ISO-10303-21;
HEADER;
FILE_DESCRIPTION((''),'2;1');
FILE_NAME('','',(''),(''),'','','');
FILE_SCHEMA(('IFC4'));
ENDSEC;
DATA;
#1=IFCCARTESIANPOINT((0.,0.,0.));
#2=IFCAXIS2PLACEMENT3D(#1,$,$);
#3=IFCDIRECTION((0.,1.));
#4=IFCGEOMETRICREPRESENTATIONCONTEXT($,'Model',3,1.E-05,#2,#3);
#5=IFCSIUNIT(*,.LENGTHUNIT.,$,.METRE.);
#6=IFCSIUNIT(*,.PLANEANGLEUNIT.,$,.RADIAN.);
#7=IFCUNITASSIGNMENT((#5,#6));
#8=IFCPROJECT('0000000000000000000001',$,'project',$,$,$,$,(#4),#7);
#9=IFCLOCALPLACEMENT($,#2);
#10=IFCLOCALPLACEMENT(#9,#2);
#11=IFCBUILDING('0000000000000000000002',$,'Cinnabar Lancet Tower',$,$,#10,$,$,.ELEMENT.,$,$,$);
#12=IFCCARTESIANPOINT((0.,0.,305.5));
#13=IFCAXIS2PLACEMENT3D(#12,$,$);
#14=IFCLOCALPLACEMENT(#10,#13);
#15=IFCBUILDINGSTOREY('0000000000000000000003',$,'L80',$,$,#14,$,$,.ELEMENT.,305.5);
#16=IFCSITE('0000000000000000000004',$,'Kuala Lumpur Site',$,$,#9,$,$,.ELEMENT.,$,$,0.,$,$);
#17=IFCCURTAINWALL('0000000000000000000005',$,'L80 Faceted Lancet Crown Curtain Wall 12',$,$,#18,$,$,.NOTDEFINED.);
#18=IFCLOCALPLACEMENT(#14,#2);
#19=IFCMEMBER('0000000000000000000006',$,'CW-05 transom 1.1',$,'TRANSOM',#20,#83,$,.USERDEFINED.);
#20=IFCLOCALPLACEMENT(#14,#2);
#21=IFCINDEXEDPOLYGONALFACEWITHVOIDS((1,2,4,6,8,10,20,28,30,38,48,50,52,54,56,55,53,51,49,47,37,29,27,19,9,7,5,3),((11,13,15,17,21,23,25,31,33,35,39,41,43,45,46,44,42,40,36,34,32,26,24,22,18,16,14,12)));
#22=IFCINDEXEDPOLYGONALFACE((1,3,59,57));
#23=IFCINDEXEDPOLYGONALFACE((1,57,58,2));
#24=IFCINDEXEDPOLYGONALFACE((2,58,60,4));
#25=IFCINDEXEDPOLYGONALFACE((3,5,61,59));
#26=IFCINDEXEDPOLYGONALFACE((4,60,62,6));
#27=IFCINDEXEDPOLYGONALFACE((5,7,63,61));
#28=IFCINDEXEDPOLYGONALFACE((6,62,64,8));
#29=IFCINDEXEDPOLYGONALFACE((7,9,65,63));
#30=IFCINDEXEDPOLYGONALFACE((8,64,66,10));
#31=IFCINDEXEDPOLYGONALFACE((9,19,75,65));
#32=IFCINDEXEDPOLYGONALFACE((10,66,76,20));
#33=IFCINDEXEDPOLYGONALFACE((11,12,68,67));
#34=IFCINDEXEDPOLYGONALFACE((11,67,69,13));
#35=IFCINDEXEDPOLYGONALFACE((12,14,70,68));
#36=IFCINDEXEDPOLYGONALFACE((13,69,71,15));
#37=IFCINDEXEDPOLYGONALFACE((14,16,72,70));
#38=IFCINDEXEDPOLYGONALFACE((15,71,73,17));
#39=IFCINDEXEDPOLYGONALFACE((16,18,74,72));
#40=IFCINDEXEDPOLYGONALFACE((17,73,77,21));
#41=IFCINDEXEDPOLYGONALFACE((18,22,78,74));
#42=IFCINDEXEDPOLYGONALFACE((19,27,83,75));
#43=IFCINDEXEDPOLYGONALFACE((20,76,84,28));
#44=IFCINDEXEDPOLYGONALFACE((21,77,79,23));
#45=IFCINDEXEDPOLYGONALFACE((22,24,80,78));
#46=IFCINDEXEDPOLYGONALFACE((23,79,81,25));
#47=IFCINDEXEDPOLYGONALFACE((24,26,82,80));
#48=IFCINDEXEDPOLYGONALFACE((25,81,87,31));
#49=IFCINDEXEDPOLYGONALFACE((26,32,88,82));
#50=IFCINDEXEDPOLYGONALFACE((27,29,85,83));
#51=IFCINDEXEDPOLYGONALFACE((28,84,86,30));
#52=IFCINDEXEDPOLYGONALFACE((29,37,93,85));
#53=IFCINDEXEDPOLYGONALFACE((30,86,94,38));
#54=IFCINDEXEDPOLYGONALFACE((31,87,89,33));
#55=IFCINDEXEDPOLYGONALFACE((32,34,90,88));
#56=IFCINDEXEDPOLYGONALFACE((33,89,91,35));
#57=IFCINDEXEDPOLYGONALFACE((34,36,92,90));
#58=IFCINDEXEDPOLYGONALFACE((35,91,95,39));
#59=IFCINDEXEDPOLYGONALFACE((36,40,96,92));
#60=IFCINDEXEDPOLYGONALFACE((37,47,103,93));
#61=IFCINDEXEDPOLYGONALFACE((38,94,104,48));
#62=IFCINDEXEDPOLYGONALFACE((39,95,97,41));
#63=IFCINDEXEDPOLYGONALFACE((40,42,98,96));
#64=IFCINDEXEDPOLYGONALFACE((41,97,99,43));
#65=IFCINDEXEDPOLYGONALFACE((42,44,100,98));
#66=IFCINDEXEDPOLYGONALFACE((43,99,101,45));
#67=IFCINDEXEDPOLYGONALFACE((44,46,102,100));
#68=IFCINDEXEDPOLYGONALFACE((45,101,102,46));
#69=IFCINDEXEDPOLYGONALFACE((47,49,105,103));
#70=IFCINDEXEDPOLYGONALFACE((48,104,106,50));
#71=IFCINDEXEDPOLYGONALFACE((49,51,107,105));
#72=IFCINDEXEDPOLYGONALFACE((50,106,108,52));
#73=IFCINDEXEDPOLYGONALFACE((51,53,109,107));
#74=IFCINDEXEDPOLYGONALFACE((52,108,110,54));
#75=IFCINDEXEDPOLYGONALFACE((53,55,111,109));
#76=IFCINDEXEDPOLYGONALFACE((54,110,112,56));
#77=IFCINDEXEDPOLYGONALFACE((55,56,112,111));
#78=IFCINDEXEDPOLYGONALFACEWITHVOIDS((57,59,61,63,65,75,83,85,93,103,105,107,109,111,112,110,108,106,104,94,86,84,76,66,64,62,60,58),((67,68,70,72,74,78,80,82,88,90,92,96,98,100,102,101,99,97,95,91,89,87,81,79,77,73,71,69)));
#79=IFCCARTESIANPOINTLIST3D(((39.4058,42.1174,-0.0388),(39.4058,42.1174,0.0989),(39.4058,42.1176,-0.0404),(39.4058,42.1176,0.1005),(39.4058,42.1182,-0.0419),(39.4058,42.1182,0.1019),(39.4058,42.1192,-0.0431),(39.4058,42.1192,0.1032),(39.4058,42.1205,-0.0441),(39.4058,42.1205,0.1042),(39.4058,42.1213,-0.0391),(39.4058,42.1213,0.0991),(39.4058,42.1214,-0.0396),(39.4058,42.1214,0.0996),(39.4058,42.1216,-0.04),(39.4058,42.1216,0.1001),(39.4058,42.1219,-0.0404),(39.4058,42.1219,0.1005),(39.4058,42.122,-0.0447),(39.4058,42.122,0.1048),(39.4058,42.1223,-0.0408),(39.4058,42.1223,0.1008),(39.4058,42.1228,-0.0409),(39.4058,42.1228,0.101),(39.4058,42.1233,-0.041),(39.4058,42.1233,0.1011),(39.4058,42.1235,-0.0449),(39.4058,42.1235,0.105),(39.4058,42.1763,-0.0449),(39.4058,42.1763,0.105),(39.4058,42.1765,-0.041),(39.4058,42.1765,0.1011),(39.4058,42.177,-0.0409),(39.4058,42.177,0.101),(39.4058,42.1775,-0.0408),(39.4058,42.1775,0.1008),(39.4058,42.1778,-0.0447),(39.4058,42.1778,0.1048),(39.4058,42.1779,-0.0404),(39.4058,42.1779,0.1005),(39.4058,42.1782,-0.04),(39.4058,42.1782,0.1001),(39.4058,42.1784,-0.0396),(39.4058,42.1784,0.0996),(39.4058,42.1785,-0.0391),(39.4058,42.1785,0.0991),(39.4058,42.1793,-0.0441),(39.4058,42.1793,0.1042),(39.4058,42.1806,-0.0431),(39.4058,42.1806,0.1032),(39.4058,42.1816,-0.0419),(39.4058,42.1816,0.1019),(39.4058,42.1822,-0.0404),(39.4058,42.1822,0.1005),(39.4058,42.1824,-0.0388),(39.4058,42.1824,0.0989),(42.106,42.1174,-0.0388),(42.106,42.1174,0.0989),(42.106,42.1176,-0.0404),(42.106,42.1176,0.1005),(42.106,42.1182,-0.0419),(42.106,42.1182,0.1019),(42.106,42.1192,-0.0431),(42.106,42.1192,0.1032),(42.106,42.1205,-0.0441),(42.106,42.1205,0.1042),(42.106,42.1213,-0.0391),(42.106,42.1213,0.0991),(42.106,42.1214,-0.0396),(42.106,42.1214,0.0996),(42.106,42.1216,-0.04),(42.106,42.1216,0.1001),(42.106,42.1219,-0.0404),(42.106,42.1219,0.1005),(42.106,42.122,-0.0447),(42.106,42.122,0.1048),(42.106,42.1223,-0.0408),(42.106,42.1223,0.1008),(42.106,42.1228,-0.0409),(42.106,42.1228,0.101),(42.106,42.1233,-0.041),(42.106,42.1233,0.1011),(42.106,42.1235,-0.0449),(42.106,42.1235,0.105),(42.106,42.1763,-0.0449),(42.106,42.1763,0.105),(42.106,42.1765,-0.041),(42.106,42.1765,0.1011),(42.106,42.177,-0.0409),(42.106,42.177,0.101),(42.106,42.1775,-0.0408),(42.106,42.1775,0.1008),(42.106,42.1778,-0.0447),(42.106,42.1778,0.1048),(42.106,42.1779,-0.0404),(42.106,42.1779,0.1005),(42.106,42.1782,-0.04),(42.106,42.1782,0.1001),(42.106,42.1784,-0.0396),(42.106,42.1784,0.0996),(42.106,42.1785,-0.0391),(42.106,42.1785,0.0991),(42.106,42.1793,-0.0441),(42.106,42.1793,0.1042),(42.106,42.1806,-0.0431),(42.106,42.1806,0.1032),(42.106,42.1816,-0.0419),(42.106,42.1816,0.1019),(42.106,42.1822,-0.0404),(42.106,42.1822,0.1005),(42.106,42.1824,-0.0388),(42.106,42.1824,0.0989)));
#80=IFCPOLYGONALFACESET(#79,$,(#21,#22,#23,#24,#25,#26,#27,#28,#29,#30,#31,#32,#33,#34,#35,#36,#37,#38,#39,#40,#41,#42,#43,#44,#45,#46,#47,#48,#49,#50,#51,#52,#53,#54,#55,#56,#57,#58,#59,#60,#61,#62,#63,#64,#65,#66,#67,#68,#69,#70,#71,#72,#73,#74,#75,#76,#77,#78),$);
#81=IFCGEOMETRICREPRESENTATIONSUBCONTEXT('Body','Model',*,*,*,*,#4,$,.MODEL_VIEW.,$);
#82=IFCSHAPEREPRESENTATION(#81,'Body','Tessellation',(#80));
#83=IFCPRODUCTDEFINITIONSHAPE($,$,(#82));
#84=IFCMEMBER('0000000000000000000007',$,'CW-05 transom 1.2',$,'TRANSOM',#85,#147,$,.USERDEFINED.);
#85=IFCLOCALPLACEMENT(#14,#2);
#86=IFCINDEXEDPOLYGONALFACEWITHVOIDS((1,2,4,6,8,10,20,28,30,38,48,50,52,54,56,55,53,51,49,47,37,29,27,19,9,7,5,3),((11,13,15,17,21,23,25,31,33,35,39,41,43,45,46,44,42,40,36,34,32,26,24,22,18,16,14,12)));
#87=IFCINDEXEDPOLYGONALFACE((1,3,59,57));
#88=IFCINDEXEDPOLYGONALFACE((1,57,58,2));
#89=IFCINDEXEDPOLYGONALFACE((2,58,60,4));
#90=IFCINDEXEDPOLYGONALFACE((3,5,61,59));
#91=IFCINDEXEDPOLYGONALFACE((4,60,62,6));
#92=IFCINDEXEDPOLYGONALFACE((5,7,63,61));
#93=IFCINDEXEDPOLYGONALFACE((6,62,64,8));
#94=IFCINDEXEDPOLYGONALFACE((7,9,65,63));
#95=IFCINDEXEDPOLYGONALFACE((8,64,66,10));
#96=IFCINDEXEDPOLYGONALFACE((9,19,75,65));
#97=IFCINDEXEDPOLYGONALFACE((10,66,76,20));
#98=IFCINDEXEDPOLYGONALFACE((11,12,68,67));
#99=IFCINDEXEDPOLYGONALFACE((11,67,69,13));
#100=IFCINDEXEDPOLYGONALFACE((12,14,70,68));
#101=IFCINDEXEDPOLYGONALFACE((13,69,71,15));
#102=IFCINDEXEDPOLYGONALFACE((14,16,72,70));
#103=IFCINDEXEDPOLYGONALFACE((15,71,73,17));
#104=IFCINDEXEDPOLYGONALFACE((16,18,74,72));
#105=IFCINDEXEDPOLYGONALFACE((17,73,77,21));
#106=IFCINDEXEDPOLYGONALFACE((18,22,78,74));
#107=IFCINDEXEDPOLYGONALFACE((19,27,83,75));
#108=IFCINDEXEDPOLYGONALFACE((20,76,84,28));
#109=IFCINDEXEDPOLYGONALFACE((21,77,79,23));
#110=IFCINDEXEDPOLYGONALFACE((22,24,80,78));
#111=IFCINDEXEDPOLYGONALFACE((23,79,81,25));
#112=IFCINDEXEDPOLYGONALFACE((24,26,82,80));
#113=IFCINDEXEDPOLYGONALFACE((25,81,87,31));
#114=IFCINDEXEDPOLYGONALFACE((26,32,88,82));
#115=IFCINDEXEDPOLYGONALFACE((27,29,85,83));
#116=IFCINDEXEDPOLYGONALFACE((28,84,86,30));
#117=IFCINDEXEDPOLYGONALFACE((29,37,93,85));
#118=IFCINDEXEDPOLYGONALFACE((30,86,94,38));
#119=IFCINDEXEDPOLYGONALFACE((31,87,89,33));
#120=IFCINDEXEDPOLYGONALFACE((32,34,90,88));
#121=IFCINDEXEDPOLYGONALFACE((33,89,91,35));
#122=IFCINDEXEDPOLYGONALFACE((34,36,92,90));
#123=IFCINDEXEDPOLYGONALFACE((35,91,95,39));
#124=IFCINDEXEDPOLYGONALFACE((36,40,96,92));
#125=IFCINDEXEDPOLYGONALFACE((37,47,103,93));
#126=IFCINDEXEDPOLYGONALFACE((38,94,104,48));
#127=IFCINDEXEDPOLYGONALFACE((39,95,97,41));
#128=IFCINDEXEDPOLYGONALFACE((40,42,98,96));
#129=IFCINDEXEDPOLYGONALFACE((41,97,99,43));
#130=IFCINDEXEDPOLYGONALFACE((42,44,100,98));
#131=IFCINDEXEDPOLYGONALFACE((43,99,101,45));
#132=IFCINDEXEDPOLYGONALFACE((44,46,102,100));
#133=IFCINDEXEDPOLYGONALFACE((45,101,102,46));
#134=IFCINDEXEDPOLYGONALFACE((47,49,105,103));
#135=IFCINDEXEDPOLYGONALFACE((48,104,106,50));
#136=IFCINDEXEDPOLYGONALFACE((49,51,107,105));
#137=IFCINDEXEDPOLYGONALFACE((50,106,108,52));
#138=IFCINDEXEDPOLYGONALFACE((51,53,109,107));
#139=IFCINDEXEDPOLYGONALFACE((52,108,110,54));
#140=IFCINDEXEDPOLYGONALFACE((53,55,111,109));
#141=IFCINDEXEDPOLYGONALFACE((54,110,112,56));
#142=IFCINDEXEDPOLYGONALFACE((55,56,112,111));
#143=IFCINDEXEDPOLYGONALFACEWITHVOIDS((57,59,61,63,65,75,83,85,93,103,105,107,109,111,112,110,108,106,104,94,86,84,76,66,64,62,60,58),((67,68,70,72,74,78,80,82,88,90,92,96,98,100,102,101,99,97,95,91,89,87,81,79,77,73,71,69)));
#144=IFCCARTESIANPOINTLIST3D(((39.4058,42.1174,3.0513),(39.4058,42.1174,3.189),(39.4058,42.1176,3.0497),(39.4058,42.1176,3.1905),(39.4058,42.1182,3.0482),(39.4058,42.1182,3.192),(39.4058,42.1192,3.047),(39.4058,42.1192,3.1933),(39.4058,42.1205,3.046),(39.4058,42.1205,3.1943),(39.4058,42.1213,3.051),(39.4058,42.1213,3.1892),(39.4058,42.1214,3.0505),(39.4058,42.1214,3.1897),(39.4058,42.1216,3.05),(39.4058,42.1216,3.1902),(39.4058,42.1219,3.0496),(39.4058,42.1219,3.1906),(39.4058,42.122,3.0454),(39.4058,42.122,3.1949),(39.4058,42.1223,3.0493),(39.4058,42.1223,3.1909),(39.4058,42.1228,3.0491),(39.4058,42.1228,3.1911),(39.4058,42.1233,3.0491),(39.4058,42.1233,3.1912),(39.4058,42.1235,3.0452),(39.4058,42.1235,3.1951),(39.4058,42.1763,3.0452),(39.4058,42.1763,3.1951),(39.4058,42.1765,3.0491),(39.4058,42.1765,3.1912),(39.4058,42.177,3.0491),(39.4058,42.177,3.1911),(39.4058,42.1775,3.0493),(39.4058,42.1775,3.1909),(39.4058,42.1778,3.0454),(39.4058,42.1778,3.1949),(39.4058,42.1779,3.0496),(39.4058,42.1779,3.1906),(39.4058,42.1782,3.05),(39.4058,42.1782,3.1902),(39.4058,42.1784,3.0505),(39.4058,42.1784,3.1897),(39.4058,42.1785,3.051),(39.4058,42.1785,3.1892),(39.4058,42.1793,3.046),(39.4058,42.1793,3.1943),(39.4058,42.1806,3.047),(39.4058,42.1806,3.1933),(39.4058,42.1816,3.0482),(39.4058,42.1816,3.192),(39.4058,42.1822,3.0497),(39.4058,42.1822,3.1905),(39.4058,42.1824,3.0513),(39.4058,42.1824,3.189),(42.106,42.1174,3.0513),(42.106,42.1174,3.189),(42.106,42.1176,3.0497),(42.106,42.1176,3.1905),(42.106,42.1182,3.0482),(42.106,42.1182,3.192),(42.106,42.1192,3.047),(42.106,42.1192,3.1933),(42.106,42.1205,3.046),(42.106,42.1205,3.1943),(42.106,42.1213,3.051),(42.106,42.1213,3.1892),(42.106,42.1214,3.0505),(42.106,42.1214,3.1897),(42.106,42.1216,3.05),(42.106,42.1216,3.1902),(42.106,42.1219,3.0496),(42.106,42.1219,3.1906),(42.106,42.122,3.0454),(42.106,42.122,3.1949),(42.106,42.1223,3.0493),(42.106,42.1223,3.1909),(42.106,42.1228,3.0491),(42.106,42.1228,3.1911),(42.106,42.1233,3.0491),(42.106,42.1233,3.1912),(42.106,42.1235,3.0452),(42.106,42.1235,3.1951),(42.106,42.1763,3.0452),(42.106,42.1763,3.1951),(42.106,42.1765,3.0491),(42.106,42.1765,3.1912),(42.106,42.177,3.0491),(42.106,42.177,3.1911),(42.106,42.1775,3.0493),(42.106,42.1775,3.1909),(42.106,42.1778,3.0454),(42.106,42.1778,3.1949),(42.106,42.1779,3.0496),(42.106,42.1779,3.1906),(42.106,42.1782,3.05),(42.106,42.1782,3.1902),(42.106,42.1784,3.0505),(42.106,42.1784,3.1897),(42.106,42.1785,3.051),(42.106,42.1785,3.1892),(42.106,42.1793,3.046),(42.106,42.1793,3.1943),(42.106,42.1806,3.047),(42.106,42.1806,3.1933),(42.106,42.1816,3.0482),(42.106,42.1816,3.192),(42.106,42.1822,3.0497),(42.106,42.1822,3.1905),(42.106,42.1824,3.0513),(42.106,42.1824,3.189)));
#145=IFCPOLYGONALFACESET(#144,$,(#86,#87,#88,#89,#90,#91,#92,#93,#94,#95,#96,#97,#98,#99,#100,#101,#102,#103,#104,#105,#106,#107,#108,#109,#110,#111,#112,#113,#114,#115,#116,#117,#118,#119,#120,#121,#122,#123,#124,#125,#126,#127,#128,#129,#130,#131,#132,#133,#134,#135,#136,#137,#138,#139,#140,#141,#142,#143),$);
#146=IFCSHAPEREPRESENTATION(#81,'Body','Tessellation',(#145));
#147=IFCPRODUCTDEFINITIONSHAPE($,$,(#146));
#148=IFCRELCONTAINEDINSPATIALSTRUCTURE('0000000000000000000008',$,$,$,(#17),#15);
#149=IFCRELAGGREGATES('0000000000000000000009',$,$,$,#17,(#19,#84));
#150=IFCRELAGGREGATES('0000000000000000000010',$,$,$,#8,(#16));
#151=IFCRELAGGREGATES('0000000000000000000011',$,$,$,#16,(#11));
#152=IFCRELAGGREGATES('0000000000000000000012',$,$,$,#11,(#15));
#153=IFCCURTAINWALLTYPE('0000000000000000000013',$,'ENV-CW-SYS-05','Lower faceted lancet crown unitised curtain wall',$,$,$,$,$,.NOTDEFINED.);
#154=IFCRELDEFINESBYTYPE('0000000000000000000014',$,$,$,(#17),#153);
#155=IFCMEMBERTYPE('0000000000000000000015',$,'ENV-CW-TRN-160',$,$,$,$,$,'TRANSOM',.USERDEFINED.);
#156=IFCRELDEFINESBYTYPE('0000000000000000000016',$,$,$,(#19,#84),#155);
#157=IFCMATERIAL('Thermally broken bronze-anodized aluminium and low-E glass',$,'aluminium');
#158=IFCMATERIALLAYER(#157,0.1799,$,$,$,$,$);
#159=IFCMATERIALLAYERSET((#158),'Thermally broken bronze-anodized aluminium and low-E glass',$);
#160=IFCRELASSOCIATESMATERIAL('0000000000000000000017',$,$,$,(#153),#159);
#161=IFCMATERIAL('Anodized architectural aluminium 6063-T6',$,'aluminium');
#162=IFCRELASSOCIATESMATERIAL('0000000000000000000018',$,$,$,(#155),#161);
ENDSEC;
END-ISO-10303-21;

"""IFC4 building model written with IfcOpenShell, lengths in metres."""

from ifc_helpers import new_model, si_unit, direction, frame, origin, origin_2d, place, context, subcontext, project, spatial, hollow_rectangle, extrude, material, layer, layer_set, material_profile, profile_set, type_object, element, aggregate, save


model = new_model("IFC4")

# Units and contexts
model_context = context("Model", 3, precision=1e-05, world=origin(), true_north=direction((0.0, 1.0)))
body_context = subcontext(model_context, "Body", "Model", "MODEL_VIEW")
ifc_project = project(units=[si_unit("LENGTHUNIT", "METRE"), si_unit("PLANEANGLEUNIT", "RADIAN")], contexts=[model_context])

# Site, building, storey
site_placement = place(None, origin())
site = spatial("IfcSite", under=ifc_project, at=site_placement, Name="Kuala Lumpur Site", CompositionType="ELEMENT", RefElevation=0.0)
building_placement = place(site_placement, origin())
building = spatial("IfcBuilding", under=site, at=building_placement, Name="Cinnabar Lancet Tower", CompositionType="ELEMENT")
storey_placement = place(building_placement, frame((0.0, 0.0, 305.5)))
storey = spatial("IfcBuildingStorey", under=building, at=storey_placement, Name="L80", CompositionType="ELEMENT", Elevation=305.5)

# Curtain wall, members
ifc_material_1 = material(Name="Thermally broken bronze-anodized aluminium and low-E glass", Category="aluminium")
ifc_layer_1 = layer(ifc_material_1, 0.1799)
ifc_layer_set_1 = layer_set([ifc_layer_1], Name="Thermally broken bronze-anodized aluminium and low-E glass")
curtain_wall_type = type_object("IfcCurtainWallType", Name="ENV-CW-SYS-05", Description="Lower faceted lancet crown unitised curtain wall", PredefinedType="NOTDEFINED", material=ifc_layer_set_1)
curtain_wall_placement = place(storey_placement, origin())
curtain_wall = element("IfcCurtainWall", 1, at=curtain_wall_placement, inside=storey, type_object=curtain_wall_type, Name="L80 Faceted Lancet Crown Curtain Wall 12", PredefinedType="NOTDEFINED")
ifc_material_2 = material(Name="Anodized architectural aluminium 6063-T6", Category="aluminium")
ifc_material_profile_1 = material_profile(ifc_material_2, hollow_rectangle(XDim=0.0649, YDim=0.1499, WallThickness=0.0039, InnerFilletRadius=0.002, OuterFilletRadius=0.0061, at=origin_2d()), Name="CW-TRN 150x65x4")
ifc_profile_set_1 = profile_set([ifc_material_profile_1], Name="Anodized architectural aluminium 6063-T6")
member_type_1 = type_object("IfcMemberType", Name="ENV-CW-TRN-160", ElementType="TRANSOM", PredefinedType="USERDEFINED", material=ifc_profile_set_1)
member_1_placement = place(storey_placement, frame((42.106, 42.1499, 0.03), z_axis=(-1.0, 0.0, 0.0), x_axis=(0.0, -1.0, 0.0)))
member_1 = element("IfcMember", 2, at=member_1_placement, type_object=member_type_1, Name="CW-05 transom 1.1", ObjectType="TRANSOM", PredefinedType="USERDEFINED", context=body_context, shape_type="SweptSolid", body=[
    extrude(hollow_rectangle(XDim=0.0649, YDim=0.1499, WallThickness=0.0039, InnerFilletRadius=0.002, OuterFilletRadius=0.0061, at=origin_2d()), origin(), (0.0, 0.0, 1.0), 2.7002),
])
member_2_placement = place(storey_placement, frame((42.106, 42.1499, 3.1201), z_axis=(-1.0, 0.0, 0.0), x_axis=(0.0, -1.0, 0.0)))
member_2 = element("IfcMember", 3, at=member_2_placement, type_object=member_type_1, Name="CW-05 transom 1.2", ObjectType="TRANSOM", PredefinedType="USERDEFINED", context=body_context, shape_type="SweptSolid", body=[
    extrude(hollow_rectangle(XDim=0.0649, YDim=0.1499, WallThickness=0.0039, InnerFilletRadius=0.002, OuterFilletRadius=0.0061, at=origin_2d()), origin(), (0.0, 0.0, 1.0), 2.7002),
])
aggregate(curtain_wall, [member_1, member_2])

save(model, "model.ifc")
